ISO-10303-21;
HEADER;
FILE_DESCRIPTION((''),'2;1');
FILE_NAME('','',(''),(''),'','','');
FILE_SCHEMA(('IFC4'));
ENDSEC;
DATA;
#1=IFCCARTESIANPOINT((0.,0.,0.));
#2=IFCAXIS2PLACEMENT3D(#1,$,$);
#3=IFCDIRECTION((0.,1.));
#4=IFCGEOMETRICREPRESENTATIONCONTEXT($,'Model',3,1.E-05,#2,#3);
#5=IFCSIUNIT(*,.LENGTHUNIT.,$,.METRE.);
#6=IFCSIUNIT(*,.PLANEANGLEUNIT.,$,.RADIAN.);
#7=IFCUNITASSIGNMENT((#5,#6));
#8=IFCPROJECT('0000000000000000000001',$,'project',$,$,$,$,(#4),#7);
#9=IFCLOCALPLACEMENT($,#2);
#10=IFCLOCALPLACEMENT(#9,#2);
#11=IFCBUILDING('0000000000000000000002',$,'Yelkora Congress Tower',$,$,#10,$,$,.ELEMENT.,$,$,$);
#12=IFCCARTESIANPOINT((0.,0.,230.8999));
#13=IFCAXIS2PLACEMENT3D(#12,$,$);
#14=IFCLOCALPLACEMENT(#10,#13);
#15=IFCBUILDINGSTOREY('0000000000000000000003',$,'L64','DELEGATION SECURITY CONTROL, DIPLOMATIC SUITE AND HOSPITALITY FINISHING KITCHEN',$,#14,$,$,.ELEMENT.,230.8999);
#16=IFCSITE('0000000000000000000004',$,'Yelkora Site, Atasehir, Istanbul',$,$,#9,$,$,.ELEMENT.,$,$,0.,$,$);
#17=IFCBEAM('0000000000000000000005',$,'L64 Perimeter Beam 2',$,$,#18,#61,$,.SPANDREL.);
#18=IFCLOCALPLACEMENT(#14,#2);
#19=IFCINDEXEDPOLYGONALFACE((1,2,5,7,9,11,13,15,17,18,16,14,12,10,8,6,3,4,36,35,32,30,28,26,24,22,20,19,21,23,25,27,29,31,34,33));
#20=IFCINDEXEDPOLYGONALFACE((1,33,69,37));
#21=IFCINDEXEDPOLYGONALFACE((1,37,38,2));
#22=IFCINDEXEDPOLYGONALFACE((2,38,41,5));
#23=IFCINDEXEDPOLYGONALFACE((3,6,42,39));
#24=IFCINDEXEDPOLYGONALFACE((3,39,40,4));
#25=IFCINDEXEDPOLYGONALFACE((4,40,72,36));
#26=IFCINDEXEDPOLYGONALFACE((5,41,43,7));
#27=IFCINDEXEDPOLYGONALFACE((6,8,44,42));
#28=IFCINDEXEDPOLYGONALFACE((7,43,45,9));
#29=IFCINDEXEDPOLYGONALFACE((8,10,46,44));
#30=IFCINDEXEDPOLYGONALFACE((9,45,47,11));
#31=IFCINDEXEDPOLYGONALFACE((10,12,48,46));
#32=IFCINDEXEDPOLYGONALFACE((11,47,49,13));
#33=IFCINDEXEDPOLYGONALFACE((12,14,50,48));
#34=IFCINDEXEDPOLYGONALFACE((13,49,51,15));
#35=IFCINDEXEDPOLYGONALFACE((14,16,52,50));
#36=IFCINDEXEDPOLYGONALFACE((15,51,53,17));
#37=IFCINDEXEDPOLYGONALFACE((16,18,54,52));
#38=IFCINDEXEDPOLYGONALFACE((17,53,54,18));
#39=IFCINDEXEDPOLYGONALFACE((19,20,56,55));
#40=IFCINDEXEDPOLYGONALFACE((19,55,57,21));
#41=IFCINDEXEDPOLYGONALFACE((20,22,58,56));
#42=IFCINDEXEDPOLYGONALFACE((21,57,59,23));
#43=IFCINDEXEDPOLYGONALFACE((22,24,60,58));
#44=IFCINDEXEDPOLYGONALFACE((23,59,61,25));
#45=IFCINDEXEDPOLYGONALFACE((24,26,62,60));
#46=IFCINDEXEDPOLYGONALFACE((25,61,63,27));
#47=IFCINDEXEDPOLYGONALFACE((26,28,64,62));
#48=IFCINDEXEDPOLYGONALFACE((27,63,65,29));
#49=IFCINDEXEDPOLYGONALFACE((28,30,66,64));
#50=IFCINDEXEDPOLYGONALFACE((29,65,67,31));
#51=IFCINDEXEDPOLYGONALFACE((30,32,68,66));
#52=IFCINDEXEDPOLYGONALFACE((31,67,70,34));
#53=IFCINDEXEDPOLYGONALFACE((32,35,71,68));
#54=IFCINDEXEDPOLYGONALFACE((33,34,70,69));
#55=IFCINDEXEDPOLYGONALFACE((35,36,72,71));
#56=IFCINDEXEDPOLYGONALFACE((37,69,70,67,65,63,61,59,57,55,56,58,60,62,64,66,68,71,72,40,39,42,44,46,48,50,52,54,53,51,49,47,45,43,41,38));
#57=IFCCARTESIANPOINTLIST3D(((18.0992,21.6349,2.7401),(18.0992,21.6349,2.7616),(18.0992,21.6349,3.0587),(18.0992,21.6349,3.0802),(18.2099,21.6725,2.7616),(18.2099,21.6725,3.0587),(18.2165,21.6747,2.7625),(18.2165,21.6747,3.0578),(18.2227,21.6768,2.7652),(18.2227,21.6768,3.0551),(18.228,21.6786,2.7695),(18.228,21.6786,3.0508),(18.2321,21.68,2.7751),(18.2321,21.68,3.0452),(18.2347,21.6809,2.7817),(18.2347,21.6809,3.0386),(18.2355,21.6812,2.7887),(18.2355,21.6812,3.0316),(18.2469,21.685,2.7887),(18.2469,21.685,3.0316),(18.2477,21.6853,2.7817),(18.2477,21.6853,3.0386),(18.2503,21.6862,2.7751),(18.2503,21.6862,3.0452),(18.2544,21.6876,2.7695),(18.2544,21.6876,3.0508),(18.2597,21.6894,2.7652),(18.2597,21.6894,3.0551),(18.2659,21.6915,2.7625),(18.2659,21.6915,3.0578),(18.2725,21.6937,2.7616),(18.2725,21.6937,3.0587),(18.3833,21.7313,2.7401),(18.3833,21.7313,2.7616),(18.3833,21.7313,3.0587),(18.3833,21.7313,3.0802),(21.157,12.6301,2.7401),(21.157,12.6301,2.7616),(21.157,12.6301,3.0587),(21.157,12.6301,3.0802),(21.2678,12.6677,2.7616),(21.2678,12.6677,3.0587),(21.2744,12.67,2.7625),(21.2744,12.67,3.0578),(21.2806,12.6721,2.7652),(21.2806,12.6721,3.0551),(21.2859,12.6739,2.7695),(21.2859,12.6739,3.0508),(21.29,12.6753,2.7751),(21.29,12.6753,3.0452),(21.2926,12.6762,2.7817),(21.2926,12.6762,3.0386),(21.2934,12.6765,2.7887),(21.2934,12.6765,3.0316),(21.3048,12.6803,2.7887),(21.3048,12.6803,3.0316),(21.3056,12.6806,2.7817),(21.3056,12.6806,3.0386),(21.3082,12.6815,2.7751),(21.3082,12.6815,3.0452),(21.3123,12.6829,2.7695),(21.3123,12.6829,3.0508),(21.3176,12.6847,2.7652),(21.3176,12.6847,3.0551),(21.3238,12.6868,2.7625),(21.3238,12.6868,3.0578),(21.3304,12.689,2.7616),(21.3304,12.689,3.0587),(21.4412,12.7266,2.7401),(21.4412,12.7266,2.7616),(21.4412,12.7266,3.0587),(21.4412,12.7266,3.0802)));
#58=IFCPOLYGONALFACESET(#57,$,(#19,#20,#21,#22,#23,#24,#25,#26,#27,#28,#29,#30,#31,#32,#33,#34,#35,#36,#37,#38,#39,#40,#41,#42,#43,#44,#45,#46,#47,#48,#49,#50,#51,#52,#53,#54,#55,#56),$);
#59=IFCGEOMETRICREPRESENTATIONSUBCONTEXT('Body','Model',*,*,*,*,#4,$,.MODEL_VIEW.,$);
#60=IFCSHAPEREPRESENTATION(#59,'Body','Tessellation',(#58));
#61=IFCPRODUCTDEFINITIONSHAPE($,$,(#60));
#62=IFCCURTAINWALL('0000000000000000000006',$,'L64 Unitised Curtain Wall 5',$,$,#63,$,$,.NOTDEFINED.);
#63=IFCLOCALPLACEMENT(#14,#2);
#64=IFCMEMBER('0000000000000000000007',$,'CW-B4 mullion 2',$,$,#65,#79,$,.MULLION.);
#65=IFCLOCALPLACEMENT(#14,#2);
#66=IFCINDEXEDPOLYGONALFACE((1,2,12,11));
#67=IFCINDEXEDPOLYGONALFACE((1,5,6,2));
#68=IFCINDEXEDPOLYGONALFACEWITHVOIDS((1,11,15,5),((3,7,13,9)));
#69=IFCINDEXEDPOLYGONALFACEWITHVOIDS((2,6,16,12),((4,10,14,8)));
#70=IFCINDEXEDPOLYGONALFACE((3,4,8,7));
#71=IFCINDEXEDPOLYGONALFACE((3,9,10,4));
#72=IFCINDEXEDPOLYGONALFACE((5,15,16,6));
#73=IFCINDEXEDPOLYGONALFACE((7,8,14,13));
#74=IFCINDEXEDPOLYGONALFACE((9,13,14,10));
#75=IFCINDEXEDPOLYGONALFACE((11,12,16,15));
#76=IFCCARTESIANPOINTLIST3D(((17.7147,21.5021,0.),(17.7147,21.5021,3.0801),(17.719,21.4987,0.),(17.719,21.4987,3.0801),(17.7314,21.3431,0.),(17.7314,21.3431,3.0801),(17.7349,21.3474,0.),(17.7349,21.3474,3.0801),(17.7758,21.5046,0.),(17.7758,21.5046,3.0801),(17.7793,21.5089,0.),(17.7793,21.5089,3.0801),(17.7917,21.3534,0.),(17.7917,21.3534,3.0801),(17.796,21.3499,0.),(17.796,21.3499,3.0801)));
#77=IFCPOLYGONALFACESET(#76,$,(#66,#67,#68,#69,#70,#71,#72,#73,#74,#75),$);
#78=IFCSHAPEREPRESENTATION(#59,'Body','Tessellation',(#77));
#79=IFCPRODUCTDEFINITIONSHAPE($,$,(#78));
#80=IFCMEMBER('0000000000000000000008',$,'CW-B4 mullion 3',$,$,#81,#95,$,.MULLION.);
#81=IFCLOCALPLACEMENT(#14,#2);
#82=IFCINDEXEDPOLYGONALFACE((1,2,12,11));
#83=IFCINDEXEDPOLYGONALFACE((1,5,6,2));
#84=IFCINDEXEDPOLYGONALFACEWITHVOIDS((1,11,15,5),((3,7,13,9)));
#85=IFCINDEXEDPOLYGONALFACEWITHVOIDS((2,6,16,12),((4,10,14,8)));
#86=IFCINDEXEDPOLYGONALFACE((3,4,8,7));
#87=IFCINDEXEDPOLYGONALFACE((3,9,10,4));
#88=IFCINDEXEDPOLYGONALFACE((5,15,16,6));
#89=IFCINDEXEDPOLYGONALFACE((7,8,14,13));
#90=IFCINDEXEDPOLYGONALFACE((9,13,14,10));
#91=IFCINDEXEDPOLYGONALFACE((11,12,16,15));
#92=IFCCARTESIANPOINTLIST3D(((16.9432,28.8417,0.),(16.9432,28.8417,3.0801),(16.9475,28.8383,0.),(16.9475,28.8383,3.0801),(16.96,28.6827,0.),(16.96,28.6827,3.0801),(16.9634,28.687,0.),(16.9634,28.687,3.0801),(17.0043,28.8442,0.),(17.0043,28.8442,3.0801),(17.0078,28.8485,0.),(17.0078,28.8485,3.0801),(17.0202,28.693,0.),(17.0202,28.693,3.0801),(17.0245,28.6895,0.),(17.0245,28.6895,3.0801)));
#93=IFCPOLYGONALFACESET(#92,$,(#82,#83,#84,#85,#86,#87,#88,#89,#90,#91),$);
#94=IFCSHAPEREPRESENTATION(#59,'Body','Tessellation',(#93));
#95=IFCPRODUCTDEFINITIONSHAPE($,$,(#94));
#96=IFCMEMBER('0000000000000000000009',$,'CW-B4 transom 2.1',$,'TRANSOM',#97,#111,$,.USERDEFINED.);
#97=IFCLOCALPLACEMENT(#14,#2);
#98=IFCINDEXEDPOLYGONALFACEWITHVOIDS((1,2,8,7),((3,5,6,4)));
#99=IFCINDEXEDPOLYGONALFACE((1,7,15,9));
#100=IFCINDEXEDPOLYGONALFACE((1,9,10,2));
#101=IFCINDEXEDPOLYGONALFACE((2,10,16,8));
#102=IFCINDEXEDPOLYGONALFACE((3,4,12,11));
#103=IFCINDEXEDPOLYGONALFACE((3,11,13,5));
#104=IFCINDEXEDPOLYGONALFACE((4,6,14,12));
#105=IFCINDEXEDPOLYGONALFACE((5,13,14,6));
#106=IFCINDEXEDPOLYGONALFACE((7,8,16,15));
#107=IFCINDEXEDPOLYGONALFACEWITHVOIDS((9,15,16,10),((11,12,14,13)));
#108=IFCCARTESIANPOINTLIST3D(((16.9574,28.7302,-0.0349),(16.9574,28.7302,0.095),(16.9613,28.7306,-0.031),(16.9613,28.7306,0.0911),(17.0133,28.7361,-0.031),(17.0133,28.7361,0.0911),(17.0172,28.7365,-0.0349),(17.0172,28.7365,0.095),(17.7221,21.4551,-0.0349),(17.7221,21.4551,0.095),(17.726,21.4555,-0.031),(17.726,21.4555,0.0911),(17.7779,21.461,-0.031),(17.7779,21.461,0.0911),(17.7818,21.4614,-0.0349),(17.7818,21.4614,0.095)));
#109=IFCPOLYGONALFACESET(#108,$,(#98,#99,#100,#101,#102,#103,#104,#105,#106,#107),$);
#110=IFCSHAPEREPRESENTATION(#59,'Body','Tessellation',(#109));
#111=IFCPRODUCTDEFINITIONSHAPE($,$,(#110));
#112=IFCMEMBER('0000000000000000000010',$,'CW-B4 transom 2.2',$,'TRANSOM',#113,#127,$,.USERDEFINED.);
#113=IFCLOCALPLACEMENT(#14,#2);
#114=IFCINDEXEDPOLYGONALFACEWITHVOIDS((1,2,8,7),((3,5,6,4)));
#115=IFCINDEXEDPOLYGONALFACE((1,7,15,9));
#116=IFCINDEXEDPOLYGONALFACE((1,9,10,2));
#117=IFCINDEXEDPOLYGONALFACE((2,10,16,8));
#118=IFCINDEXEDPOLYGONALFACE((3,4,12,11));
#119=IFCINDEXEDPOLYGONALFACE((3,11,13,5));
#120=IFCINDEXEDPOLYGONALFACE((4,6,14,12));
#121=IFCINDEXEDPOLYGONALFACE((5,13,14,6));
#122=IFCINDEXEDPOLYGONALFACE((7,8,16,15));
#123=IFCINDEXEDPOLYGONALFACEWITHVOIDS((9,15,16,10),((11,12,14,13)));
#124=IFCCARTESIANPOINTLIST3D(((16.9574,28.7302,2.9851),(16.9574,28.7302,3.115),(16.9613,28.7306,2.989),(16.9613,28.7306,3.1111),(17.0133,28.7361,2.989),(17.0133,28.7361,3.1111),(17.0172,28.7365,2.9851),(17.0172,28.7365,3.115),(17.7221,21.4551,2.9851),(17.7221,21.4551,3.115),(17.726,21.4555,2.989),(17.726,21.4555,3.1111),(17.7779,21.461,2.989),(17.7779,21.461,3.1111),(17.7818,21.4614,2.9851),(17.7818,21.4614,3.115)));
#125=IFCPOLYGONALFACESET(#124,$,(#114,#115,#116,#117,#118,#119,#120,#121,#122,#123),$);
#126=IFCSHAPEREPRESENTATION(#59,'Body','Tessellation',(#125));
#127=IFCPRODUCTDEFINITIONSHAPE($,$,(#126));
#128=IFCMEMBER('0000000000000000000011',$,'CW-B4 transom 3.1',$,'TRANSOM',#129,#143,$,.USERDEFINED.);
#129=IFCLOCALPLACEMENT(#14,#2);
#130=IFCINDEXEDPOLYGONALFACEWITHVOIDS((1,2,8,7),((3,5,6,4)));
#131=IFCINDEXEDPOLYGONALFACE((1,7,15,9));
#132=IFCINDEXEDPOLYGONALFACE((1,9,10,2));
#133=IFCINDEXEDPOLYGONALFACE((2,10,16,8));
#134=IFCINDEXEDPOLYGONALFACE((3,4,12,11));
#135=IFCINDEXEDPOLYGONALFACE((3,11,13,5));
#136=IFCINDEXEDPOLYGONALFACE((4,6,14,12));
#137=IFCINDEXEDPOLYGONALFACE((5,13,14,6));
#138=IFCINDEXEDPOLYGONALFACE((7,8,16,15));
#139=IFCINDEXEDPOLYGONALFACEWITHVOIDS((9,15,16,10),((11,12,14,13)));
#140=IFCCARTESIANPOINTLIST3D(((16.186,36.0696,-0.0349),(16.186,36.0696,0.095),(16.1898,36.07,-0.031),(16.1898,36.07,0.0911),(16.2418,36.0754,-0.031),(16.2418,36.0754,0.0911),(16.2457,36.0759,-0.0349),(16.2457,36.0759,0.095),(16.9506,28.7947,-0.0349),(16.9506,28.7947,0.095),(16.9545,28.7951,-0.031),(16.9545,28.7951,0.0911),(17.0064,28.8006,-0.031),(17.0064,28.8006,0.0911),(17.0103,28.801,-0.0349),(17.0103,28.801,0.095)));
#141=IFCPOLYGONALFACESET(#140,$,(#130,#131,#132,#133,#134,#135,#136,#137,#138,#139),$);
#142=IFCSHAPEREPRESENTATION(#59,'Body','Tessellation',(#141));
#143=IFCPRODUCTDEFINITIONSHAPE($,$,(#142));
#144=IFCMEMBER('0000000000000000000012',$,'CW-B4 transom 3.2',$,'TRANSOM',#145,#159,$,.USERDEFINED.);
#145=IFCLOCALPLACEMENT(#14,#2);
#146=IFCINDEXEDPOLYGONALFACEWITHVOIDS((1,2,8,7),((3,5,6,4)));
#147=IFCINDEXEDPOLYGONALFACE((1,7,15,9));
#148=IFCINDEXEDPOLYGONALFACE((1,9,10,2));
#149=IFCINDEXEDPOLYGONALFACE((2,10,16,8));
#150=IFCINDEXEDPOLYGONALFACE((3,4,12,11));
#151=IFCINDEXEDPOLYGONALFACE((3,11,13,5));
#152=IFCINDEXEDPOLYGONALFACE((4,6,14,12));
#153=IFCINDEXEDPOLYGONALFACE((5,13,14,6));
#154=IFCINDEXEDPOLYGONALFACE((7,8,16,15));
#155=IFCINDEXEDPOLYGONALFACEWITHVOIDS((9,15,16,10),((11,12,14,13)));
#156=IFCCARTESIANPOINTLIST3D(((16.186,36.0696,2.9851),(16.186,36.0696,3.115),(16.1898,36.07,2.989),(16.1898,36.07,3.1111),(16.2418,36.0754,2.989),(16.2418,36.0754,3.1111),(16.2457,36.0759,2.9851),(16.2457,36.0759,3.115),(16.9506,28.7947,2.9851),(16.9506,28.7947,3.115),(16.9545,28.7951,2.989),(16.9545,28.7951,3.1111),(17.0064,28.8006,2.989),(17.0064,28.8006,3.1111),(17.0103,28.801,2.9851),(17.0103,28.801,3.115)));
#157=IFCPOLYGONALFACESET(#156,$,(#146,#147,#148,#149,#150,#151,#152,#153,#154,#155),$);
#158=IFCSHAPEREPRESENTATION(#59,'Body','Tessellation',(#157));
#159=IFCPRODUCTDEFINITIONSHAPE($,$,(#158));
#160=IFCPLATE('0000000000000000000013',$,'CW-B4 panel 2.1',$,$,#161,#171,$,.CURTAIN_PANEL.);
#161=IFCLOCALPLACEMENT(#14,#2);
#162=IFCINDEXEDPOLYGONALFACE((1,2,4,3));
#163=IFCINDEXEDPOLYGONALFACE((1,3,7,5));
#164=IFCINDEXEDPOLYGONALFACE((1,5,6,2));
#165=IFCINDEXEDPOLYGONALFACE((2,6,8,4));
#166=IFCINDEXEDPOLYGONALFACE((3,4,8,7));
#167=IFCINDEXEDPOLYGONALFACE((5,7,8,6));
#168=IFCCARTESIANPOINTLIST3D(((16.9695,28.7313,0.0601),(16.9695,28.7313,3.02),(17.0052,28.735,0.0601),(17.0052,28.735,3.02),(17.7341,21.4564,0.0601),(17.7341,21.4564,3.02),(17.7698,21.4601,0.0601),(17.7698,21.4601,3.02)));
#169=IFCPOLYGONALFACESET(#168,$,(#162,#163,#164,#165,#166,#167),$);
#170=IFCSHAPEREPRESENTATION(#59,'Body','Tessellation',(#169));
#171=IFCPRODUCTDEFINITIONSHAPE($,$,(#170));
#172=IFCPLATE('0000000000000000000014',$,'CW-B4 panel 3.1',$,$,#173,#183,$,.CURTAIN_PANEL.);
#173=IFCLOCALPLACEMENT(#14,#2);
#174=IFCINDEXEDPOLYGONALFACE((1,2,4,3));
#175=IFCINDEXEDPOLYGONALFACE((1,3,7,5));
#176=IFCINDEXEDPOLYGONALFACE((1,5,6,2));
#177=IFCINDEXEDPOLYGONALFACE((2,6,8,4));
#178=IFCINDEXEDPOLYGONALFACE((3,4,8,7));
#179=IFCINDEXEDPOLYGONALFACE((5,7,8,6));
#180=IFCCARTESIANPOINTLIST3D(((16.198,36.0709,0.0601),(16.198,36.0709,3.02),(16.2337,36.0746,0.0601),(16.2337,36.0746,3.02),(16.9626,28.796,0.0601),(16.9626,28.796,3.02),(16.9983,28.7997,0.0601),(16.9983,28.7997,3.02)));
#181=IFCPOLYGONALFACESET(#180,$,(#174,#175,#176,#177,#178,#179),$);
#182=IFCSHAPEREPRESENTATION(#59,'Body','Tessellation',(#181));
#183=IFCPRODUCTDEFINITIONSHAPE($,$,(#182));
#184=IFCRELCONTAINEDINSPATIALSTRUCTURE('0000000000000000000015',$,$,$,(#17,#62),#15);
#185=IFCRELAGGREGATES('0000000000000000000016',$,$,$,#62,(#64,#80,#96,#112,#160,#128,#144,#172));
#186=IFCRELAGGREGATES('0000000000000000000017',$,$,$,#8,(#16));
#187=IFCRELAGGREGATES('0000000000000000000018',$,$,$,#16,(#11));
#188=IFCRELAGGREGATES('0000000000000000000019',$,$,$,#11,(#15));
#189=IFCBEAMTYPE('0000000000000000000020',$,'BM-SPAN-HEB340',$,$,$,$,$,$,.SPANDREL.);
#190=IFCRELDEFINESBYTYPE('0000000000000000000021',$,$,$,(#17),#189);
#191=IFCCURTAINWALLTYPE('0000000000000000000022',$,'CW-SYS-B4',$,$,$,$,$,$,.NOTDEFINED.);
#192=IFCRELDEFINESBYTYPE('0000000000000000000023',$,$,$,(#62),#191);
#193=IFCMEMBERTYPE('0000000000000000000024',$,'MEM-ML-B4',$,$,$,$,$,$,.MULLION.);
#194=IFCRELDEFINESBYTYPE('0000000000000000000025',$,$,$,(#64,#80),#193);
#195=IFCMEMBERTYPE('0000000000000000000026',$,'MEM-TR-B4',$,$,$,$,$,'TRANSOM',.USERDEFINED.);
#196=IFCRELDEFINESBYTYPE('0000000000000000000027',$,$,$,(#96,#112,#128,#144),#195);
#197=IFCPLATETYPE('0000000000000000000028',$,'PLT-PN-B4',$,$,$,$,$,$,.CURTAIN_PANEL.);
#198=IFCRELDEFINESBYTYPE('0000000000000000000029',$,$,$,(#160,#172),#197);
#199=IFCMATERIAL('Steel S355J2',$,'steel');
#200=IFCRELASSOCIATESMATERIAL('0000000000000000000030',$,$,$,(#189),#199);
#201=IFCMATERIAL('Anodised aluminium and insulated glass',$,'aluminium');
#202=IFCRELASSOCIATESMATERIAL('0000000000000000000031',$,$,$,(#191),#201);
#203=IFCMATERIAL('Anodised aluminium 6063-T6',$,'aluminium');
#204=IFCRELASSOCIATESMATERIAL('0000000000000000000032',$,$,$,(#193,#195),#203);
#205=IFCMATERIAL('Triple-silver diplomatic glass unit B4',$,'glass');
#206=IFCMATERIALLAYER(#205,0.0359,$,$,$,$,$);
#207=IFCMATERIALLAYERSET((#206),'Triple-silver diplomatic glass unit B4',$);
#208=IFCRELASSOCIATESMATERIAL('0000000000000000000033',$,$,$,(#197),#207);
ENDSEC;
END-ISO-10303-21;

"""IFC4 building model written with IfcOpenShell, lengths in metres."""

from ifc_helpers import new_model, si_unit, direction, frame, origin, origin_2d, place, context, subcontext, project, spatial, rectangle, hollow_rectangle, i_section, extrude, material, layer, layer_set, material_profile, profile_set, type_object, element, aggregate, save


model = new_model("IFC4")

# Units and contexts
model_context = context("Model", 3, precision=1e-05, world=origin(), true_north=direction((0.0, 1.0)))
body_context = subcontext(model_context, "Body", "Model", "MODEL_VIEW")
ifc_project = project(units=[si_unit("LENGTHUNIT", "METRE"), si_unit("PLANEANGLEUNIT", "RADIAN")], contexts=[model_context])

# Site, building, storey
site_placement = place(None, origin())
site = spatial("IfcSite", under=ifc_project, at=site_placement, Name="Yelkora Site, Atasehir, Istanbul", CompositionType="ELEMENT", RefElevation=0.0)
building_placement = place(site_placement, origin())
building = spatial("IfcBuilding", under=site, at=building_placement, Name="Yelkora Congress Tower", CompositionType="ELEMENT")
storey_placement = place(building_placement, frame((0.0, 0.0, 230.8999)))
storey = spatial("IfcBuildingStorey", under=building, at=storey_placement, Name="L64", Description="DELEGATION SECURITY CONTROL, DIPLOMATIC SUITE AND HOSPITALITY FINISHING KITCHEN", CompositionType="ELEMENT", Elevation=230.8999)

# Shared definitions
ifc_material_1 = material(Name="Steel S355J2", Category="steel")

# Beam
ifc_material_profile_1 = material_profile(ifc_material_1, i_section(OverallWidth=0.3, OverallDepth=0.3401, WebThickness=0.012, FlangeThickness=0.0215, FilletRadius=0.0271, at=origin_2d()), Name="HEB 340")
ifc_profile_set_1 = profile_set([ifc_material_profile_1], Name="Steel S355J2")
beam_type_1 = type_object("IfcBeamType", Name="BM-SPAN-HEB340", PredefinedType="SPANDREL", material=ifc_profile_set_1)
beam_1_placement = place(storey_placement, frame((18.2412, 21.6831, 2.9102), z_axis=(0.321552, -0.946892, 0.0), x_axis=(0.946892, 0.321552, 0.0)))
element("IfcBeam", 1, at=beam_1_placement, inside=storey, type_object=beam_type_1, Name="L64 Perimeter Beam 2", PredefinedType="SPANDREL", context=body_context, shape_type="SweptSolid", body=[
    extrude(i_section(OverallWidth=0.3, OverallDepth=0.3401, WebThickness=0.012, FlangeThickness=0.0215, FilletRadius=0.0271, at=origin_2d()), origin(), (0.0, 0.0, 1.0), 9.5098),
])

# Curtain wall, members, plates
ifc_material_2 = material(Name="Anodised aluminium and insulated glass", Category="aluminium")
curtain_wall_type = type_object("IfcCurtainWallType", Name="CW-SYS-B4", PredefinedType="NOTDEFINED", material=ifc_material_2)
curtain_wall_placement = place(storey_placement, origin())
curtain_wall = element("IfcCurtainWall", 2, at=curtain_wall_placement, inside=storey, type_object=curtain_wall_type, Name="L64 Unitised Curtain Wall 5", PredefinedType="NOTDEFINED")
ifc_material_3 = material(Name="Anodised aluminium 6063-T6", Category="aluminium")
ifc_material_profile_2 = material_profile(ifc_material_3, hollow_rectangle(XDim=0.0649, YDim=0.1599, WallThickness=0.0039, at=origin_2d()), Name="ALU 65x160x4")
ifc_profile_set_2 = profile_set([ifc_material_profile_2], Name="Anodised aluminium 6063-T6")
member_type_1 = type_object("IfcMemberType", Name="MEM-ML-B4", PredefinedType="MULLION", material=ifc_profile_set_2)
member_1_placement = place(storey_placement, frame((17.7554, 21.426, 0.0), z_axis=(0.0, 0.0, 1.0), x_axis=(-0.994522, -0.104526, 0.0)))
member_1 = element("IfcMember", 3, at=member_1_placement, type_object=member_type_1, Name="CW-B4 mullion 2", PredefinedType="MULLION", context=body_context, shape_type="SweptSolid", body=[
    extrude(hollow_rectangle(XDim=0.0649, YDim=0.1599, WallThickness=0.0039, at=origin_2d()), origin(), (0.0, 0.0, 1.0), 3.0801),
])
member_2_placement = place(storey_placement, frame((16.9839, 28.7656, 0.0), z_axis=(0.0, 0.0, 1.0), x_axis=(-0.994522, -0.104526, 0.0)))
member_2 = element("IfcMember", 4, at=member_2_placement, type_object=member_type_1, Name="CW-B4 mullion 3", PredefinedType="MULLION", context=body_context, shape_type="SweptSolid", body=[
    extrude(hollow_rectangle(XDim=0.0649, YDim=0.1599, WallThickness=0.0039, at=origin_2d()), origin(), (0.0, 0.0, 1.0), 3.0801),
])
ifc_material_profile_3 = material_profile(ifc_material_3, hollow_rectangle(XDim=0.0601, YDim=0.1299, WallThickness=0.0039, at=origin_2d()), Name="ALU 60x130x4")
ifc_profile_set_3 = profile_set([ifc_material_profile_3], Name="Anodised aluminium 6063-T6")
member_type_2 = type_object("IfcMemberType", Name="MEM-TR-B4", ElementType="TRANSOM", PredefinedType="USERDEFINED", material=ifc_profile_set_3)
member_3_placement = place(storey_placement, frame((17.752, 21.4583, 0.03), z_axis=(-0.104528, 0.994522, 0.0), x_axis=(-0.994522, -0.104528, 0.0)))
member_3 = element("IfcMember", 5, at=member_3_placement, type_object=member_type_2, Name="CW-B4 transom 2.1", ObjectType="TRANSOM", PredefinedType="USERDEFINED", context=body_context, shape_type="SweptSolid", body=[
    extrude(hollow_rectangle(XDim=0.0601, YDim=0.1299, WallThickness=0.0039, at=origin_2d()), origin(), (0.0, 0.0, 1.0), 7.3152),
])
member_4_placement = place(storey_placement, frame((17.752, 21.4583, 3.05), z_axis=(-0.104528, 0.994522, 0.0), x_axis=(-0.994522, -0.104528, 0.0)))
member_4 = element("IfcMember", 6, at=member_4_placement, type_object=member_type_2, Name="CW-B4 transom 2.2", ObjectType="TRANSOM", PredefinedType="USERDEFINED", context=body_context, shape_type="SweptSolid", body=[
    extrude(hollow_rectangle(XDim=0.0601, YDim=0.1299, WallThickness=0.0039, at=origin_2d()), origin(), (0.0, 0.0, 1.0), 7.3152),
])
member_5_placement = place(storey_placement, frame((16.9805, 28.7979, 0.03), z_axis=(-0.104532, 0.994522, 0.0), x_axis=(-0.994522, -0.104532, 0.0)))
member_5 = element("IfcMember", 7, at=member_5_placement, type_object=member_type_2, Name="CW-B4 transom 3.1", ObjectType="TRANSOM", PredefinedType="USERDEFINED", context=body_context, shape_type="SweptSolid", body=[
    extrude(hollow_rectangle(XDim=0.0601, YDim=0.1299, WallThickness=0.0039, at=origin_2d()), origin(), (0.0, 0.0, 1.0), 7.3149),
])
member_6_placement = place(storey_placement, frame((16.9805, 28.7979, 3.05), z_axis=(-0.104532, 0.994522, 0.0), x_axis=(-0.994522, -0.104532, 0.0)))
member_6 = element("IfcMember", 8, at=member_6_placement, type_object=member_type_2, Name="CW-B4 transom 3.2", ObjectType="TRANSOM", PredefinedType="USERDEFINED", context=body_context, shape_type="SweptSolid", body=[
    extrude(hollow_rectangle(XDim=0.0601, YDim=0.1299, WallThickness=0.0039, at=origin_2d()), origin(), (0.0, 0.0, 1.0), 7.3149),
])
ifc_material_4 = material(Name="Triple-silver diplomatic glass unit B4", Category="glass")
ifc_layer_1 = layer(ifc_material_4, 0.0359)
ifc_layer_set_1 = layer_set([ifc_layer_1], Name="Triple-silver diplomatic glass unit B4")
plate_type = type_object("IfcPlateType", Name="PLT-PN-B4", PredefinedType="CURTAIN_PANEL", material=ifc_layer_set_1)
plate_1_placement = place(storey_placement, frame((17.3696, 25.0957, 0.0601), z_axis=(0.0, 0.0, 1.0), x_axis=(-0.104526, 0.994522, 0.0)))
plate_1 = element("IfcPlate", 9, at=plate_1_placement, type_object=plate_type, Name="CW-B4 panel 2.1", PredefinedType="CURTAIN_PANEL", context=body_context, shape_type="SweptSolid", body=[
    extrude(rectangle(XDim=7.3149, YDim=0.0359, at=origin_2d()), origin(), (0.0, 0.0, 1.0), 2.96),
])
plate_2_placement = place(storey_placement, frame((16.5981, 32.4353, 0.0601), z_axis=(0.0, 0.0, 1.0), x_axis=(-0.104526, 0.994522, 0.0)))
plate_2 = element("IfcPlate", 10, at=plate_2_placement, type_object=plate_type, Name="CW-B4 panel 3.1", PredefinedType="CURTAIN_PANEL", context=body_context, shape_type="SweptSolid", body=[
    extrude(rectangle(XDim=7.3149, YDim=0.0359, at=origin_2d()), origin(), (0.0, 0.0, 1.0), 2.96),
])
aggregate(curtain_wall, [member_1, member_2, member_3, member_4, plate_1, member_5, member_6, plate_2])

save(model, "model.ifc")
